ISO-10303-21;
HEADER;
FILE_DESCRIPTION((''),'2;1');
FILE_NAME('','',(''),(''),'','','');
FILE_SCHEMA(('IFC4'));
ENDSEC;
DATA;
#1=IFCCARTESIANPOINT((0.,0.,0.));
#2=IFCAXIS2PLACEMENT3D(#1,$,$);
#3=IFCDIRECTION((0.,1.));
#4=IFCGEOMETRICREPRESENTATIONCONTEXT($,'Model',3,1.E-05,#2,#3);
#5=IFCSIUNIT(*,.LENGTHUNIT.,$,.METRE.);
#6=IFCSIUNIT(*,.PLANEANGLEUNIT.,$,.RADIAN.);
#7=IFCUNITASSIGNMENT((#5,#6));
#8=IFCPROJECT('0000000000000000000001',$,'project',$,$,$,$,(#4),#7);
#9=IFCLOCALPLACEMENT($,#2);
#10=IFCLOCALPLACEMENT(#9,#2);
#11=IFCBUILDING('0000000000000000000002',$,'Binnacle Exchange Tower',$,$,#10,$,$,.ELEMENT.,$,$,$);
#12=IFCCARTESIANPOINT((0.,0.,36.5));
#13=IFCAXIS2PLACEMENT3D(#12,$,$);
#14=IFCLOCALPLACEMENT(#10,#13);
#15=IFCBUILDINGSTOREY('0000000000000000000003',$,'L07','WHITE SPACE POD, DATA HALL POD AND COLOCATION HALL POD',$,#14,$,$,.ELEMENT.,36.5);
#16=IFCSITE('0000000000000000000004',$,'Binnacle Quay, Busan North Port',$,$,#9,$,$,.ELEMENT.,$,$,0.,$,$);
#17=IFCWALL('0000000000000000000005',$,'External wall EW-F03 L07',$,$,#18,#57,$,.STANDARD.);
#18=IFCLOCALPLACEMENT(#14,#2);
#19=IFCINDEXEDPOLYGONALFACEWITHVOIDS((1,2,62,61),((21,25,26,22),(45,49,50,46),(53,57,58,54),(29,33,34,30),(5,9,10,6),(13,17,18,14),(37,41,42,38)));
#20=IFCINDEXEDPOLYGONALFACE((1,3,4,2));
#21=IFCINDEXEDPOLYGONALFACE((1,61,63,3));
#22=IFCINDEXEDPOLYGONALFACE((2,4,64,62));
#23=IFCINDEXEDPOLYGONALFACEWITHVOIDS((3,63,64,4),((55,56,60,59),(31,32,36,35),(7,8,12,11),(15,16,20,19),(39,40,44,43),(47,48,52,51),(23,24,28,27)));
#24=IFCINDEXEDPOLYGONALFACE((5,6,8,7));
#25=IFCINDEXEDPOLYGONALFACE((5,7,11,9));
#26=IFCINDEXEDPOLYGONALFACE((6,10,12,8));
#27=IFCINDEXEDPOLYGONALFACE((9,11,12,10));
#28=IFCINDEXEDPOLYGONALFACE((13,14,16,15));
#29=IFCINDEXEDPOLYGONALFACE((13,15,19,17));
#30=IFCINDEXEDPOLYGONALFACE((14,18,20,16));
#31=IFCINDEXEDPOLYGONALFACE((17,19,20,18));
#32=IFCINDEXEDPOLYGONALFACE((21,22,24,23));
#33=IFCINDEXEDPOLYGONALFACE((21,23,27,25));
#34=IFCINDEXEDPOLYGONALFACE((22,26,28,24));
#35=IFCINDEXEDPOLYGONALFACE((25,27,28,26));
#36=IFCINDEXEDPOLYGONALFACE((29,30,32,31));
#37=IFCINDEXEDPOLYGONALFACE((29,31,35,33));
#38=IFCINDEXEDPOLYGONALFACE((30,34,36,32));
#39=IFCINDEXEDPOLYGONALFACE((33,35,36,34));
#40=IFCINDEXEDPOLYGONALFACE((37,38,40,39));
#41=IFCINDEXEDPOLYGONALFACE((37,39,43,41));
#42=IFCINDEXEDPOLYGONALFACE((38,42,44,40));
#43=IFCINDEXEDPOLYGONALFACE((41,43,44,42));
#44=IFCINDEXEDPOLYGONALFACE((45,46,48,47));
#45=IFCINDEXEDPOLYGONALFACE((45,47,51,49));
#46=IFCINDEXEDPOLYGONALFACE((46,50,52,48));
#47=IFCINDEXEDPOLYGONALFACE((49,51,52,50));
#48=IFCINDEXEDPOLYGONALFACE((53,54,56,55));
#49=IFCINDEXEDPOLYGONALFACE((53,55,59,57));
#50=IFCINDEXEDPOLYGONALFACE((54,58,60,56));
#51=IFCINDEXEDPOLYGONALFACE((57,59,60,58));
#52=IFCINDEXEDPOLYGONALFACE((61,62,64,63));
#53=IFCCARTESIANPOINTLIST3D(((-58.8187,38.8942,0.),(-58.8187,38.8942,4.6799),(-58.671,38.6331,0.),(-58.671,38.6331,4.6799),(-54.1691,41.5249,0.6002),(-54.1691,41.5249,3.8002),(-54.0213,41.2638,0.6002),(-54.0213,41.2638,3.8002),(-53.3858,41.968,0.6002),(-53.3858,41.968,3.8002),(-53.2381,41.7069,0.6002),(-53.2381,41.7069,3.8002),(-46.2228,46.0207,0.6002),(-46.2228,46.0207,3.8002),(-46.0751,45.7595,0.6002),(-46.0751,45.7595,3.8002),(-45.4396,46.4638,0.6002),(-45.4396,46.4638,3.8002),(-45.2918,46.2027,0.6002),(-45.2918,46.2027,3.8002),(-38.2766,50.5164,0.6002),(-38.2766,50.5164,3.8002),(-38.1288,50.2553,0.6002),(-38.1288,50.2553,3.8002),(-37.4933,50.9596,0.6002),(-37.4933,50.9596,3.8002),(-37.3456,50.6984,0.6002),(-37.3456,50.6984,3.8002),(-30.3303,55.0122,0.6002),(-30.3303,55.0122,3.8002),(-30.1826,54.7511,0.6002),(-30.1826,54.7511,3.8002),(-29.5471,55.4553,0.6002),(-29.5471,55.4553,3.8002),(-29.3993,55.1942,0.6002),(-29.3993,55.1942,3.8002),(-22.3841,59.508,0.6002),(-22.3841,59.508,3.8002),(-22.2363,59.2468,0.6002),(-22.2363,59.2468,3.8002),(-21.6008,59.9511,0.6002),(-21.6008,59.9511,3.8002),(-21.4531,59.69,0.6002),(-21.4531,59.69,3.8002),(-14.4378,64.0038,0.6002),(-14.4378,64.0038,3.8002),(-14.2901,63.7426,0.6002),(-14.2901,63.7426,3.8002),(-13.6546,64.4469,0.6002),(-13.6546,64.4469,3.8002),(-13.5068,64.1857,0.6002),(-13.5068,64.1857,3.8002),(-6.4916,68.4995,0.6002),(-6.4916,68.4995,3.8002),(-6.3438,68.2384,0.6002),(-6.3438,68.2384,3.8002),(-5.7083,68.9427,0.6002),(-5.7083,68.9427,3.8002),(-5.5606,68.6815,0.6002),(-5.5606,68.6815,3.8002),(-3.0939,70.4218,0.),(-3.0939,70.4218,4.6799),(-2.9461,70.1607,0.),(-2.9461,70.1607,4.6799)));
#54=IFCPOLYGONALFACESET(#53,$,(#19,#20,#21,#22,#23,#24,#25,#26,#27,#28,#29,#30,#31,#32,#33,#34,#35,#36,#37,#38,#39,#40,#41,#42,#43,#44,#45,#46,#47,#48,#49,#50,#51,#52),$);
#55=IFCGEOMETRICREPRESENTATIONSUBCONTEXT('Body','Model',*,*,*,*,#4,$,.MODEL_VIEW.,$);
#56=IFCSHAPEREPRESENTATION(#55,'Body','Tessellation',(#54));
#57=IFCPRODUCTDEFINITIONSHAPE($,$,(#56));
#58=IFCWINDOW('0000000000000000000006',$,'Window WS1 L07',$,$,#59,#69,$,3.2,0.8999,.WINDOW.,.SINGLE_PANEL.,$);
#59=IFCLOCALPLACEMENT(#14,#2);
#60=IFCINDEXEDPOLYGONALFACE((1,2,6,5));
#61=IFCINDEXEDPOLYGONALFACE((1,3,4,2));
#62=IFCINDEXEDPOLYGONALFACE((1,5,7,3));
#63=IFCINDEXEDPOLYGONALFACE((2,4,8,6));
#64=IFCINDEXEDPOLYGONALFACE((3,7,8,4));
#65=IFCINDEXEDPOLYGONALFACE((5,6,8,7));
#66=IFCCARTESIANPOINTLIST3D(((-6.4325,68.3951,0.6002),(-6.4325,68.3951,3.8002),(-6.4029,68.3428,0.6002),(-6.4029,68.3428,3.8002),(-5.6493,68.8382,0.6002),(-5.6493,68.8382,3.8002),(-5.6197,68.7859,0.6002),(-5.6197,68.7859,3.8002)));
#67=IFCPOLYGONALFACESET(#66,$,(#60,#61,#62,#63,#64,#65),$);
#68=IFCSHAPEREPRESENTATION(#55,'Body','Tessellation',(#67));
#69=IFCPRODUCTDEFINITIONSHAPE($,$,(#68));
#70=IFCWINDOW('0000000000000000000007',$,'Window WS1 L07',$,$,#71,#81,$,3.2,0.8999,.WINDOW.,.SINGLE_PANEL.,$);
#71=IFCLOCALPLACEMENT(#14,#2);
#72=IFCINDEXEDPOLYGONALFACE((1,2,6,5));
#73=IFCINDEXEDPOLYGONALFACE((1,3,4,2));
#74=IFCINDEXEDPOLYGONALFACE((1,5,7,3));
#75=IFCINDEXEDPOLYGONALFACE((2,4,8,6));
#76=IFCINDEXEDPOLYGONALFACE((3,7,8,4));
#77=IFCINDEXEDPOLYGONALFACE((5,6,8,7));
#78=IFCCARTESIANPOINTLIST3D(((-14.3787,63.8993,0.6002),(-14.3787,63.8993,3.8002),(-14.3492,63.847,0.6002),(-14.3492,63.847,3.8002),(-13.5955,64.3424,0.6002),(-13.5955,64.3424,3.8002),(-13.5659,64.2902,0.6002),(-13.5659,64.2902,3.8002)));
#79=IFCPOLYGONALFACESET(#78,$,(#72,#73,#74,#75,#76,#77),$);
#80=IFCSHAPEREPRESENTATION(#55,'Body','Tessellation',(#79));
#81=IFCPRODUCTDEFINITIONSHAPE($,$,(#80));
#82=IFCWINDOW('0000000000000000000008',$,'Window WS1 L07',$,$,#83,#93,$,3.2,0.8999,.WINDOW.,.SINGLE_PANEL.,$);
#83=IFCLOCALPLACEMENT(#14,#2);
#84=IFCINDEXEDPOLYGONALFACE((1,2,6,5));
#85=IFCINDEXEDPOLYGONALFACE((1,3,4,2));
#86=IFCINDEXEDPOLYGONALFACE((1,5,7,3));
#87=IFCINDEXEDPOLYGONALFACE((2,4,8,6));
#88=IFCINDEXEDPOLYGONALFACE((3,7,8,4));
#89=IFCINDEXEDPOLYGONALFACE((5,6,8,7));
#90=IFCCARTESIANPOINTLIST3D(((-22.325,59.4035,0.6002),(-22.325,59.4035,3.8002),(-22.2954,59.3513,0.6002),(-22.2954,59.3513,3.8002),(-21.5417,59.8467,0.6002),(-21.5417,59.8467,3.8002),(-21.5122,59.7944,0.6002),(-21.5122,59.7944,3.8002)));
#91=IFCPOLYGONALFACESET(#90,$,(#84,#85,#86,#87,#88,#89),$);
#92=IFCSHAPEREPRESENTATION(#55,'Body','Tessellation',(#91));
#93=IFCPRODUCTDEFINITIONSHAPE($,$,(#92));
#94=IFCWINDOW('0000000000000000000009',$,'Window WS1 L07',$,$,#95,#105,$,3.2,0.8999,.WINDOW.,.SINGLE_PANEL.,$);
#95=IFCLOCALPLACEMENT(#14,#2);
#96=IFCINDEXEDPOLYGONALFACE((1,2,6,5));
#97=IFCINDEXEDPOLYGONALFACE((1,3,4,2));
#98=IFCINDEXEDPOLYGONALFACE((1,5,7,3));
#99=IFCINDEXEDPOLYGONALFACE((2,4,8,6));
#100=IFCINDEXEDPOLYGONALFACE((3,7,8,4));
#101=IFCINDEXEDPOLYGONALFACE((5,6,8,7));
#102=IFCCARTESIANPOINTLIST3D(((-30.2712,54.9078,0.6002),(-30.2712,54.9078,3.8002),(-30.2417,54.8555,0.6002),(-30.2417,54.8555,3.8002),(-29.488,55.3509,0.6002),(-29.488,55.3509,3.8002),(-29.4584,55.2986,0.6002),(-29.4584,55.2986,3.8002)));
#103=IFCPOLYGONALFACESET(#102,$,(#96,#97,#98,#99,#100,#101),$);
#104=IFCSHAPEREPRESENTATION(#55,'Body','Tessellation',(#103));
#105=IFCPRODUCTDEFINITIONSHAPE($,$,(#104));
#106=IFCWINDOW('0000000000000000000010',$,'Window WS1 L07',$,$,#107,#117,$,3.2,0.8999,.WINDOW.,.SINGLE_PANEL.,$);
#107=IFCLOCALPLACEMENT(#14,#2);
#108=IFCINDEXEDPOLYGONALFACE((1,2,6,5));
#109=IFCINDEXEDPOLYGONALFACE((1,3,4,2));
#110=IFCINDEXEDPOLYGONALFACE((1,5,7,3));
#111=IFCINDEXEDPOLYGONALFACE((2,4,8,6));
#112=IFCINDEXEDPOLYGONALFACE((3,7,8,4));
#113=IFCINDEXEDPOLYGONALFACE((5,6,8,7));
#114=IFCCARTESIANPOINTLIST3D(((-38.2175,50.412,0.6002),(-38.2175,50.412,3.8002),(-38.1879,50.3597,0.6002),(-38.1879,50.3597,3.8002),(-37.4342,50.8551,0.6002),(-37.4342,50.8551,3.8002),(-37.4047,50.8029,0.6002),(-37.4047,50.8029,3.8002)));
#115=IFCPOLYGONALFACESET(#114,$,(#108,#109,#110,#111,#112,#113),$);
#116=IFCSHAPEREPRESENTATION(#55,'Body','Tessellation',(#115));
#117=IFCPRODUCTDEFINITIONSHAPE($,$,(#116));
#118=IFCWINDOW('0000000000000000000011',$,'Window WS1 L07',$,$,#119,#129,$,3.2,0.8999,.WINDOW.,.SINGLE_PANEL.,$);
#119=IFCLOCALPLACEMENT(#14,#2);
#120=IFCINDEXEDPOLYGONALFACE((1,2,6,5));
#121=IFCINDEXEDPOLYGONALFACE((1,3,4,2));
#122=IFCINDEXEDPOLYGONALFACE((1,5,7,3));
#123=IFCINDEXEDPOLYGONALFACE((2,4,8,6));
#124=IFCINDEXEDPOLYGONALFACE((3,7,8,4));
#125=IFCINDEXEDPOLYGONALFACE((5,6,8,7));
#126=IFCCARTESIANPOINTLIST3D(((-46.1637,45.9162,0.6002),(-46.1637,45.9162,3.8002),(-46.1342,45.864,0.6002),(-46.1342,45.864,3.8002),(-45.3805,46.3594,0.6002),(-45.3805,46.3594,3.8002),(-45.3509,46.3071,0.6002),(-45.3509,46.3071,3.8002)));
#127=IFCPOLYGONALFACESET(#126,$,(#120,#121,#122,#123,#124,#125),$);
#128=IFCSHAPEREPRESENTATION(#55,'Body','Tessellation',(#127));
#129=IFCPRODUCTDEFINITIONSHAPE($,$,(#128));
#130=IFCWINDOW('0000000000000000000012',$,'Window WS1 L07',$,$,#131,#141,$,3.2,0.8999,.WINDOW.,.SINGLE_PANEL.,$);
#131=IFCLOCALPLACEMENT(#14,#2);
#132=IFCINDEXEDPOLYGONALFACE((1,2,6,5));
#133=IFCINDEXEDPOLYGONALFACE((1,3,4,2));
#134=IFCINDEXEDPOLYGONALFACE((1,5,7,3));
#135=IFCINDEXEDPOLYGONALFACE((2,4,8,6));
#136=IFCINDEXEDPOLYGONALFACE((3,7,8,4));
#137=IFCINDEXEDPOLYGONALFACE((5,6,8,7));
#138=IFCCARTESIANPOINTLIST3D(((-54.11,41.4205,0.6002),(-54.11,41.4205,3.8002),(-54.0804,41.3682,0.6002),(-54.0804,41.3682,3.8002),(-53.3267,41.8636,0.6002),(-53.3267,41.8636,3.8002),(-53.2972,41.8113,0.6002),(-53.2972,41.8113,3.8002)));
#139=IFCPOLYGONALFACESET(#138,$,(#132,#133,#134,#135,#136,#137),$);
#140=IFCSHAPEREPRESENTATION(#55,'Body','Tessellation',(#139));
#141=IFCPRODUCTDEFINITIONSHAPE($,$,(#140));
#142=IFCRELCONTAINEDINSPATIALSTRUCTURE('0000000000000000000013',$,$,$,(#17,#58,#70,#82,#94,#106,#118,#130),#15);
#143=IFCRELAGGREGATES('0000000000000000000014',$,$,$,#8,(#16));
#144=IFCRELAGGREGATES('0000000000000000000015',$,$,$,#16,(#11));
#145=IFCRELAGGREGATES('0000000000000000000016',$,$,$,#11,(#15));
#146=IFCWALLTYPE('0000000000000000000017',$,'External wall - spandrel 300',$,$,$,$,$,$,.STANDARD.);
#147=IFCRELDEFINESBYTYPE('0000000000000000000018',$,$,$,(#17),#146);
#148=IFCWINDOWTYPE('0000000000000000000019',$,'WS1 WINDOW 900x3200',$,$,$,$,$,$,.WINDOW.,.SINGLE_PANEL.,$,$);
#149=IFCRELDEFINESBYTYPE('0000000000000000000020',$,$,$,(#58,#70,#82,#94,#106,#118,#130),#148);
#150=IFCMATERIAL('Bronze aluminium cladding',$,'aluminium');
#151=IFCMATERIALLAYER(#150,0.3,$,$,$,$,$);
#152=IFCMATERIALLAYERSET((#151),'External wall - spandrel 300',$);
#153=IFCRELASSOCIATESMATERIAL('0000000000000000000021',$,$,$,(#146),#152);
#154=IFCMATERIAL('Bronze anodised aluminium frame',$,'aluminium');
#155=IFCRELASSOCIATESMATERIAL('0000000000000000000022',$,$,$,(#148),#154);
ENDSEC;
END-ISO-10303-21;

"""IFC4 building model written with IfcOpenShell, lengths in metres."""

from ifc_helpers import new_model, si_unit, direction, frame, frame_2d, origin, place, context, subcontext, project, spatial, rectangle, extrude, material, layer, layer_set, type_object, element, fill, save


model = new_model("IFC4")

# Units and contexts
model_context = context("Model", 3, precision=1e-05, world=origin(), true_north=direction((0.0, 1.0)))
body_context = subcontext(model_context, "Body", "Model", "MODEL_VIEW")
ifc_project = project(units=[si_unit("LENGTHUNIT", "METRE"), si_unit("PLANEANGLEUNIT", "RADIAN")], contexts=[model_context])

# Site, building, storey
site_placement = place(None, origin())
site = spatial("IfcSite", under=ifc_project, at=site_placement, Name="Binnacle Quay, Busan North Port", CompositionType="ELEMENT", RefElevation=0.0)
building_placement = place(site_placement, origin())
building = spatial("IfcBuilding", under=site, at=building_placement, Name="Binnacle Exchange Tower", CompositionType="ELEMENT")
storey_placement = place(building_placement, frame((0.0, 0.0, 36.5)))
storey = spatial("IfcBuildingStorey", under=building, at=storey_placement, Name="L07", Description="WHITE SPACE POD, DATA HALL POD AND COLOCATION HALL POD", CompositionType="ELEMENT", Elevation=36.5)

# Wall, openings, windows
ifc_material_1 = material(Name="Bronze aluminium cladding", Category="aluminium")
ifc_layer_1 = layer(ifc_material_1, 0.3)
ifc_layer_set_1 = layer_set([ifc_layer_1], Name="External wall - spandrel 300")
wall_type_1 = type_object("IfcWallType", Name="External wall - spandrel 300", PredefinedType="STANDARD", material=ifc_layer_set_1)
wall_1_placement = place(storey_placement, frame((-58.7449, 38.7637, 0.0), z_axis=(0.0, 0.0, 1.0), x_axis=(0.870356, 0.492423, 0.0)))
wall_1 = element("IfcWall", 1, at=wall_1_placement, inside=storey, type_object=wall_type_1, Name="External wall EW-F03 L07", PredefinedType="STANDARD", context=body_context, shape_type="SweptSolid", body=[
    extrude(rectangle(XDim=64.0254, YDim=0.3, at=frame_2d((32.0127, 0.0))), origin(), (0.0, 0.0, 1.0), 4.6799),
])
opening_1_placement = place(wall_1_placement, frame((60.1216, 0.0, 0.6001)))
opening_1 = element("IfcOpeningElement", 2, at=opening_1_placement, cuts=wall_1, PredefinedType="OPENING", context=body_context, shape_type="SweptSolid", body=[
    extrude(rectangle(XDim=0.8999, YDim=3.2, at=frame_2d((0.45, 1.6001))), frame((0.0, 0.1599, 0.0), z_axis=(0.0, -1.0, 0.0), x_axis=(1.0, 0.0, 0.0)), (0.0, 0.0, 1.0), 0.3201),
])
opening_2_placement = place(wall_1_placement, frame((50.9917, 0.0, 0.6001)))
opening_2 = element("IfcOpeningElement", 3, at=opening_2_placement, cuts=wall_1, PredefinedType="OPENING", context=body_context, shape_type="SweptSolid", body=[
    extrude(rectangle(XDim=0.8999, YDim=3.2, at=frame_2d((0.45, 1.6001))), frame((0.0, 0.1599, 0.0), z_axis=(0.0, -1.0, 0.0), x_axis=(1.0, 0.0, 0.0)), (0.0, 0.0, 1.0), 0.3201),
])
opening_3_placement = place(wall_1_placement, frame((41.8618, 0.0, 0.6001)))
opening_3 = element("IfcOpeningElement", 4, at=opening_3_placement, cuts=wall_1, PredefinedType="OPENING", context=body_context, shape_type="SweptSolid", body=[
    extrude(rectangle(XDim=0.8999, YDim=3.2, at=frame_2d((0.45, 1.6001))), frame((0.0, 0.1599, 0.0), z_axis=(0.0, -1.0, 0.0), x_axis=(1.0, 0.0, 0.0)), (0.0, 0.0, 1.0), 0.3201),
])
opening_4_placement = place(wall_1_placement, frame((32.7319, 0.0, 0.6001)))
opening_4 = element("IfcOpeningElement", 5, at=opening_4_placement, cuts=wall_1, PredefinedType="OPENING", context=body_context, shape_type="SweptSolid", body=[
    extrude(rectangle(XDim=0.8999, YDim=3.2, at=frame_2d((0.45, 1.6001))), frame((0.0, 0.1599, 0.0), z_axis=(0.0, -1.0, 0.0), x_axis=(1.0, 0.0, 0.0)), (0.0, 0.0, 1.0), 0.3201),
])
opening_5_placement = place(wall_1_placement, frame((23.6021, 0.0, 0.6001)))
opening_5 = element("IfcOpeningElement", 6, at=opening_5_placement, cuts=wall_1, PredefinedType="OPENING", context=body_context, shape_type="SweptSolid", body=[
    extrude(rectangle(XDim=0.8999, YDim=3.2, at=frame_2d((0.45, 1.6001))), frame((0.0, 0.1599, 0.0), z_axis=(0.0, -1.0, 0.0), x_axis=(1.0, 0.0, 0.0)), (0.0, 0.0, 1.0), 0.3201),
])
opening_6_placement = place(wall_1_placement, frame((14.4722, 0.0, 0.6001)))
opening_6 = element("IfcOpeningElement", 7, at=opening_6_placement, cuts=wall_1, PredefinedType="OPENING", context=body_context, shape_type="SweptSolid", body=[
    extrude(rectangle(XDim=0.8999, YDim=3.2, at=frame_2d((0.45, 1.6001))), frame((0.0, 0.1599, 0.0), z_axis=(0.0, -1.0, 0.0), x_axis=(1.0, 0.0, 0.0)), (0.0, 0.0, 1.0), 0.3201),
])
opening_7_placement = place(wall_1_placement, frame((5.3423, 0.0, 0.6001)))
opening_7 = element("IfcOpeningElement", 8, at=opening_7_placement, cuts=wall_1, PredefinedType="OPENING", context=body_context, shape_type="SweptSolid", body=[
    extrude(rectangle(XDim=0.8999, YDim=3.2, at=frame_2d((0.45, 1.6001))), frame((0.0, 0.1599, 0.0), z_axis=(0.0, -1.0, 0.0), x_axis=(1.0, 0.0, 0.0)), (0.0, 0.0, 1.0), 0.3201),
])
ifc_material_2 = material(Name="Bronze anodised aluminium frame", Category="aluminium")
window_type = type_object("IfcWindowType", Name="WS1 WINDOW 900x3200", PartitioningType="SINGLE_PANEL", PredefinedType="WINDOW", material=ifc_material_2)
window_1_placement = place(opening_1_placement, origin())
window_1 = element("IfcWindow", 9, at=window_1_placement, inside=storey, type_object=window_type, Name="Window WS1 L07", OverallHeight=3.2, OverallWidth=0.8999, PartitioningType="SINGLE_PANEL", PredefinedType="WINDOW", context=body_context, shape_type="SweptSolid", body=[
    extrude(rectangle(XDim=0.8999, YDim=3.2, at=frame_2d((0.45, 1.6001))), frame((0.0, 0.03, 0.0), z_axis=(0.0, -1.0, 0.0), x_axis=(1.0, 0.0, 0.0)), (0.0, 0.0, 1.0), 0.0601),
])
fill(opening_1, window_1)
window_2_placement = place(opening_2_placement, origin())
window_2 = element("IfcWindow", 10, at=window_2_placement, inside=storey, type_object=window_type, Name="Window WS1 L07", OverallHeight=3.2, OverallWidth=0.8999, PartitioningType="SINGLE_PANEL", PredefinedType="WINDOW", context=body_context, shape_type="SweptSolid", body=[
    extrude(rectangle(XDim=0.8999, YDim=3.2, at=frame_2d((0.45, 1.6001))), frame((0.0, 0.03, 0.0), z_axis=(0.0, -1.0, 0.0), x_axis=(1.0, 0.0, 0.0)), (0.0, 0.0, 1.0), 0.0601),
])
fill(opening_2, window_2)
window_3_placement = place(opening_3_placement, origin())
window_3 = element("IfcWindow", 11, at=window_3_placement, inside=storey, type_object=window_type, Name="Window WS1 L07", OverallHeight=3.2, OverallWidth=0.8999, PartitioningType="SINGLE_PANEL", PredefinedType="WINDOW", context=body_context, shape_type="SweptSolid", body=[
    extrude(rectangle(XDim=0.8999, YDim=3.2, at=frame_2d((0.45, 1.6001))), frame((0.0, 0.03, 0.0), z_axis=(0.0, -1.0, 0.0), x_axis=(1.0, 0.0, 0.0)), (0.0, 0.0, 1.0), 0.0601),
])
fill(opening_3, window_3)
window_4_placement = place(opening_4_placement, origin())
window_4 = element("IfcWindow", 12, at=window_4_placement, inside=storey, type_object=window_type, Name="Window WS1 L07", OverallHeight=3.2, OverallWidth=0.8999, PartitioningType="SINGLE_PANEL", PredefinedType="WINDOW", context=body_context, shape_type="SweptSolid", body=[
    extrude(rectangle(XDim=0.8999, YDim=3.2, at=frame_2d((0.45, 1.6001))), frame((0.0, 0.03, 0.0), z_axis=(0.0, -1.0, 0.0), x_axis=(1.0, 0.0, 0.0)), (0.0, 0.0, 1.0), 0.0601),
])
fill(opening_4, window_4)
window_5_placement = place(opening_5_placement, origin())
window_5 = element("IfcWindow", 13, at=window_5_placement, inside=storey, type_object=window_type, Name="Window WS1 L07", OverallHeight=3.2, OverallWidth=0.8999, PartitioningType="SINGLE_PANEL", PredefinedType="WINDOW", context=body_context, shape_type="SweptSolid", body=[
    extrude(rectangle(XDim=0.8999, YDim=3.2, at=frame_2d((0.45, 1.6001))), frame((0.0, 0.03, 0.0), z_axis=(0.0, -1.0, 0.0), x_axis=(1.0, 0.0, 0.0)), (0.0, 0.0, 1.0), 0.0601),
])
fill(opening_5, window_5)
window_6_placement = place(opening_6_placement, origin())
window_6 = element("IfcWindow", 14, at=window_6_placement, inside=storey, type_object=window_type, Name="Window WS1 L07", OverallHeight=3.2, OverallWidth=0.8999, PartitioningType="SINGLE_PANEL", PredefinedType="WINDOW", context=body_context, shape_type="SweptSolid", body=[
    extrude(rectangle(XDim=0.8999, YDim=3.2, at=frame_2d((0.45, 1.6001))), frame((0.0, 0.03, 0.0), z_axis=(0.0, -1.0, 0.0), x_axis=(1.0, 0.0, 0.0)), (0.0, 0.0, 1.0), 0.0601),
])
fill(opening_6, window_6)
window_7_placement = place(opening_7_placement, origin())
window_7 = element("IfcWindow", 15, at=window_7_placement, inside=storey, type_object=window_type, Name="Window WS1 L07", OverallHeight=3.2, OverallWidth=0.8999, PartitioningType="SINGLE_PANEL", PredefinedType="WINDOW", context=body_context, shape_type="SweptSolid", body=[
    extrude(rectangle(XDim=0.8999, YDim=3.2, at=frame_2d((0.45, 1.6001))), frame((0.0, 0.03, 0.0), z_axis=(0.0, -1.0, 0.0), x_axis=(1.0, 0.0, 0.0)), (0.0, 0.0, 1.0), 0.0601),
])
fill(opening_7, window_7)

save(model, "model.ifc")
